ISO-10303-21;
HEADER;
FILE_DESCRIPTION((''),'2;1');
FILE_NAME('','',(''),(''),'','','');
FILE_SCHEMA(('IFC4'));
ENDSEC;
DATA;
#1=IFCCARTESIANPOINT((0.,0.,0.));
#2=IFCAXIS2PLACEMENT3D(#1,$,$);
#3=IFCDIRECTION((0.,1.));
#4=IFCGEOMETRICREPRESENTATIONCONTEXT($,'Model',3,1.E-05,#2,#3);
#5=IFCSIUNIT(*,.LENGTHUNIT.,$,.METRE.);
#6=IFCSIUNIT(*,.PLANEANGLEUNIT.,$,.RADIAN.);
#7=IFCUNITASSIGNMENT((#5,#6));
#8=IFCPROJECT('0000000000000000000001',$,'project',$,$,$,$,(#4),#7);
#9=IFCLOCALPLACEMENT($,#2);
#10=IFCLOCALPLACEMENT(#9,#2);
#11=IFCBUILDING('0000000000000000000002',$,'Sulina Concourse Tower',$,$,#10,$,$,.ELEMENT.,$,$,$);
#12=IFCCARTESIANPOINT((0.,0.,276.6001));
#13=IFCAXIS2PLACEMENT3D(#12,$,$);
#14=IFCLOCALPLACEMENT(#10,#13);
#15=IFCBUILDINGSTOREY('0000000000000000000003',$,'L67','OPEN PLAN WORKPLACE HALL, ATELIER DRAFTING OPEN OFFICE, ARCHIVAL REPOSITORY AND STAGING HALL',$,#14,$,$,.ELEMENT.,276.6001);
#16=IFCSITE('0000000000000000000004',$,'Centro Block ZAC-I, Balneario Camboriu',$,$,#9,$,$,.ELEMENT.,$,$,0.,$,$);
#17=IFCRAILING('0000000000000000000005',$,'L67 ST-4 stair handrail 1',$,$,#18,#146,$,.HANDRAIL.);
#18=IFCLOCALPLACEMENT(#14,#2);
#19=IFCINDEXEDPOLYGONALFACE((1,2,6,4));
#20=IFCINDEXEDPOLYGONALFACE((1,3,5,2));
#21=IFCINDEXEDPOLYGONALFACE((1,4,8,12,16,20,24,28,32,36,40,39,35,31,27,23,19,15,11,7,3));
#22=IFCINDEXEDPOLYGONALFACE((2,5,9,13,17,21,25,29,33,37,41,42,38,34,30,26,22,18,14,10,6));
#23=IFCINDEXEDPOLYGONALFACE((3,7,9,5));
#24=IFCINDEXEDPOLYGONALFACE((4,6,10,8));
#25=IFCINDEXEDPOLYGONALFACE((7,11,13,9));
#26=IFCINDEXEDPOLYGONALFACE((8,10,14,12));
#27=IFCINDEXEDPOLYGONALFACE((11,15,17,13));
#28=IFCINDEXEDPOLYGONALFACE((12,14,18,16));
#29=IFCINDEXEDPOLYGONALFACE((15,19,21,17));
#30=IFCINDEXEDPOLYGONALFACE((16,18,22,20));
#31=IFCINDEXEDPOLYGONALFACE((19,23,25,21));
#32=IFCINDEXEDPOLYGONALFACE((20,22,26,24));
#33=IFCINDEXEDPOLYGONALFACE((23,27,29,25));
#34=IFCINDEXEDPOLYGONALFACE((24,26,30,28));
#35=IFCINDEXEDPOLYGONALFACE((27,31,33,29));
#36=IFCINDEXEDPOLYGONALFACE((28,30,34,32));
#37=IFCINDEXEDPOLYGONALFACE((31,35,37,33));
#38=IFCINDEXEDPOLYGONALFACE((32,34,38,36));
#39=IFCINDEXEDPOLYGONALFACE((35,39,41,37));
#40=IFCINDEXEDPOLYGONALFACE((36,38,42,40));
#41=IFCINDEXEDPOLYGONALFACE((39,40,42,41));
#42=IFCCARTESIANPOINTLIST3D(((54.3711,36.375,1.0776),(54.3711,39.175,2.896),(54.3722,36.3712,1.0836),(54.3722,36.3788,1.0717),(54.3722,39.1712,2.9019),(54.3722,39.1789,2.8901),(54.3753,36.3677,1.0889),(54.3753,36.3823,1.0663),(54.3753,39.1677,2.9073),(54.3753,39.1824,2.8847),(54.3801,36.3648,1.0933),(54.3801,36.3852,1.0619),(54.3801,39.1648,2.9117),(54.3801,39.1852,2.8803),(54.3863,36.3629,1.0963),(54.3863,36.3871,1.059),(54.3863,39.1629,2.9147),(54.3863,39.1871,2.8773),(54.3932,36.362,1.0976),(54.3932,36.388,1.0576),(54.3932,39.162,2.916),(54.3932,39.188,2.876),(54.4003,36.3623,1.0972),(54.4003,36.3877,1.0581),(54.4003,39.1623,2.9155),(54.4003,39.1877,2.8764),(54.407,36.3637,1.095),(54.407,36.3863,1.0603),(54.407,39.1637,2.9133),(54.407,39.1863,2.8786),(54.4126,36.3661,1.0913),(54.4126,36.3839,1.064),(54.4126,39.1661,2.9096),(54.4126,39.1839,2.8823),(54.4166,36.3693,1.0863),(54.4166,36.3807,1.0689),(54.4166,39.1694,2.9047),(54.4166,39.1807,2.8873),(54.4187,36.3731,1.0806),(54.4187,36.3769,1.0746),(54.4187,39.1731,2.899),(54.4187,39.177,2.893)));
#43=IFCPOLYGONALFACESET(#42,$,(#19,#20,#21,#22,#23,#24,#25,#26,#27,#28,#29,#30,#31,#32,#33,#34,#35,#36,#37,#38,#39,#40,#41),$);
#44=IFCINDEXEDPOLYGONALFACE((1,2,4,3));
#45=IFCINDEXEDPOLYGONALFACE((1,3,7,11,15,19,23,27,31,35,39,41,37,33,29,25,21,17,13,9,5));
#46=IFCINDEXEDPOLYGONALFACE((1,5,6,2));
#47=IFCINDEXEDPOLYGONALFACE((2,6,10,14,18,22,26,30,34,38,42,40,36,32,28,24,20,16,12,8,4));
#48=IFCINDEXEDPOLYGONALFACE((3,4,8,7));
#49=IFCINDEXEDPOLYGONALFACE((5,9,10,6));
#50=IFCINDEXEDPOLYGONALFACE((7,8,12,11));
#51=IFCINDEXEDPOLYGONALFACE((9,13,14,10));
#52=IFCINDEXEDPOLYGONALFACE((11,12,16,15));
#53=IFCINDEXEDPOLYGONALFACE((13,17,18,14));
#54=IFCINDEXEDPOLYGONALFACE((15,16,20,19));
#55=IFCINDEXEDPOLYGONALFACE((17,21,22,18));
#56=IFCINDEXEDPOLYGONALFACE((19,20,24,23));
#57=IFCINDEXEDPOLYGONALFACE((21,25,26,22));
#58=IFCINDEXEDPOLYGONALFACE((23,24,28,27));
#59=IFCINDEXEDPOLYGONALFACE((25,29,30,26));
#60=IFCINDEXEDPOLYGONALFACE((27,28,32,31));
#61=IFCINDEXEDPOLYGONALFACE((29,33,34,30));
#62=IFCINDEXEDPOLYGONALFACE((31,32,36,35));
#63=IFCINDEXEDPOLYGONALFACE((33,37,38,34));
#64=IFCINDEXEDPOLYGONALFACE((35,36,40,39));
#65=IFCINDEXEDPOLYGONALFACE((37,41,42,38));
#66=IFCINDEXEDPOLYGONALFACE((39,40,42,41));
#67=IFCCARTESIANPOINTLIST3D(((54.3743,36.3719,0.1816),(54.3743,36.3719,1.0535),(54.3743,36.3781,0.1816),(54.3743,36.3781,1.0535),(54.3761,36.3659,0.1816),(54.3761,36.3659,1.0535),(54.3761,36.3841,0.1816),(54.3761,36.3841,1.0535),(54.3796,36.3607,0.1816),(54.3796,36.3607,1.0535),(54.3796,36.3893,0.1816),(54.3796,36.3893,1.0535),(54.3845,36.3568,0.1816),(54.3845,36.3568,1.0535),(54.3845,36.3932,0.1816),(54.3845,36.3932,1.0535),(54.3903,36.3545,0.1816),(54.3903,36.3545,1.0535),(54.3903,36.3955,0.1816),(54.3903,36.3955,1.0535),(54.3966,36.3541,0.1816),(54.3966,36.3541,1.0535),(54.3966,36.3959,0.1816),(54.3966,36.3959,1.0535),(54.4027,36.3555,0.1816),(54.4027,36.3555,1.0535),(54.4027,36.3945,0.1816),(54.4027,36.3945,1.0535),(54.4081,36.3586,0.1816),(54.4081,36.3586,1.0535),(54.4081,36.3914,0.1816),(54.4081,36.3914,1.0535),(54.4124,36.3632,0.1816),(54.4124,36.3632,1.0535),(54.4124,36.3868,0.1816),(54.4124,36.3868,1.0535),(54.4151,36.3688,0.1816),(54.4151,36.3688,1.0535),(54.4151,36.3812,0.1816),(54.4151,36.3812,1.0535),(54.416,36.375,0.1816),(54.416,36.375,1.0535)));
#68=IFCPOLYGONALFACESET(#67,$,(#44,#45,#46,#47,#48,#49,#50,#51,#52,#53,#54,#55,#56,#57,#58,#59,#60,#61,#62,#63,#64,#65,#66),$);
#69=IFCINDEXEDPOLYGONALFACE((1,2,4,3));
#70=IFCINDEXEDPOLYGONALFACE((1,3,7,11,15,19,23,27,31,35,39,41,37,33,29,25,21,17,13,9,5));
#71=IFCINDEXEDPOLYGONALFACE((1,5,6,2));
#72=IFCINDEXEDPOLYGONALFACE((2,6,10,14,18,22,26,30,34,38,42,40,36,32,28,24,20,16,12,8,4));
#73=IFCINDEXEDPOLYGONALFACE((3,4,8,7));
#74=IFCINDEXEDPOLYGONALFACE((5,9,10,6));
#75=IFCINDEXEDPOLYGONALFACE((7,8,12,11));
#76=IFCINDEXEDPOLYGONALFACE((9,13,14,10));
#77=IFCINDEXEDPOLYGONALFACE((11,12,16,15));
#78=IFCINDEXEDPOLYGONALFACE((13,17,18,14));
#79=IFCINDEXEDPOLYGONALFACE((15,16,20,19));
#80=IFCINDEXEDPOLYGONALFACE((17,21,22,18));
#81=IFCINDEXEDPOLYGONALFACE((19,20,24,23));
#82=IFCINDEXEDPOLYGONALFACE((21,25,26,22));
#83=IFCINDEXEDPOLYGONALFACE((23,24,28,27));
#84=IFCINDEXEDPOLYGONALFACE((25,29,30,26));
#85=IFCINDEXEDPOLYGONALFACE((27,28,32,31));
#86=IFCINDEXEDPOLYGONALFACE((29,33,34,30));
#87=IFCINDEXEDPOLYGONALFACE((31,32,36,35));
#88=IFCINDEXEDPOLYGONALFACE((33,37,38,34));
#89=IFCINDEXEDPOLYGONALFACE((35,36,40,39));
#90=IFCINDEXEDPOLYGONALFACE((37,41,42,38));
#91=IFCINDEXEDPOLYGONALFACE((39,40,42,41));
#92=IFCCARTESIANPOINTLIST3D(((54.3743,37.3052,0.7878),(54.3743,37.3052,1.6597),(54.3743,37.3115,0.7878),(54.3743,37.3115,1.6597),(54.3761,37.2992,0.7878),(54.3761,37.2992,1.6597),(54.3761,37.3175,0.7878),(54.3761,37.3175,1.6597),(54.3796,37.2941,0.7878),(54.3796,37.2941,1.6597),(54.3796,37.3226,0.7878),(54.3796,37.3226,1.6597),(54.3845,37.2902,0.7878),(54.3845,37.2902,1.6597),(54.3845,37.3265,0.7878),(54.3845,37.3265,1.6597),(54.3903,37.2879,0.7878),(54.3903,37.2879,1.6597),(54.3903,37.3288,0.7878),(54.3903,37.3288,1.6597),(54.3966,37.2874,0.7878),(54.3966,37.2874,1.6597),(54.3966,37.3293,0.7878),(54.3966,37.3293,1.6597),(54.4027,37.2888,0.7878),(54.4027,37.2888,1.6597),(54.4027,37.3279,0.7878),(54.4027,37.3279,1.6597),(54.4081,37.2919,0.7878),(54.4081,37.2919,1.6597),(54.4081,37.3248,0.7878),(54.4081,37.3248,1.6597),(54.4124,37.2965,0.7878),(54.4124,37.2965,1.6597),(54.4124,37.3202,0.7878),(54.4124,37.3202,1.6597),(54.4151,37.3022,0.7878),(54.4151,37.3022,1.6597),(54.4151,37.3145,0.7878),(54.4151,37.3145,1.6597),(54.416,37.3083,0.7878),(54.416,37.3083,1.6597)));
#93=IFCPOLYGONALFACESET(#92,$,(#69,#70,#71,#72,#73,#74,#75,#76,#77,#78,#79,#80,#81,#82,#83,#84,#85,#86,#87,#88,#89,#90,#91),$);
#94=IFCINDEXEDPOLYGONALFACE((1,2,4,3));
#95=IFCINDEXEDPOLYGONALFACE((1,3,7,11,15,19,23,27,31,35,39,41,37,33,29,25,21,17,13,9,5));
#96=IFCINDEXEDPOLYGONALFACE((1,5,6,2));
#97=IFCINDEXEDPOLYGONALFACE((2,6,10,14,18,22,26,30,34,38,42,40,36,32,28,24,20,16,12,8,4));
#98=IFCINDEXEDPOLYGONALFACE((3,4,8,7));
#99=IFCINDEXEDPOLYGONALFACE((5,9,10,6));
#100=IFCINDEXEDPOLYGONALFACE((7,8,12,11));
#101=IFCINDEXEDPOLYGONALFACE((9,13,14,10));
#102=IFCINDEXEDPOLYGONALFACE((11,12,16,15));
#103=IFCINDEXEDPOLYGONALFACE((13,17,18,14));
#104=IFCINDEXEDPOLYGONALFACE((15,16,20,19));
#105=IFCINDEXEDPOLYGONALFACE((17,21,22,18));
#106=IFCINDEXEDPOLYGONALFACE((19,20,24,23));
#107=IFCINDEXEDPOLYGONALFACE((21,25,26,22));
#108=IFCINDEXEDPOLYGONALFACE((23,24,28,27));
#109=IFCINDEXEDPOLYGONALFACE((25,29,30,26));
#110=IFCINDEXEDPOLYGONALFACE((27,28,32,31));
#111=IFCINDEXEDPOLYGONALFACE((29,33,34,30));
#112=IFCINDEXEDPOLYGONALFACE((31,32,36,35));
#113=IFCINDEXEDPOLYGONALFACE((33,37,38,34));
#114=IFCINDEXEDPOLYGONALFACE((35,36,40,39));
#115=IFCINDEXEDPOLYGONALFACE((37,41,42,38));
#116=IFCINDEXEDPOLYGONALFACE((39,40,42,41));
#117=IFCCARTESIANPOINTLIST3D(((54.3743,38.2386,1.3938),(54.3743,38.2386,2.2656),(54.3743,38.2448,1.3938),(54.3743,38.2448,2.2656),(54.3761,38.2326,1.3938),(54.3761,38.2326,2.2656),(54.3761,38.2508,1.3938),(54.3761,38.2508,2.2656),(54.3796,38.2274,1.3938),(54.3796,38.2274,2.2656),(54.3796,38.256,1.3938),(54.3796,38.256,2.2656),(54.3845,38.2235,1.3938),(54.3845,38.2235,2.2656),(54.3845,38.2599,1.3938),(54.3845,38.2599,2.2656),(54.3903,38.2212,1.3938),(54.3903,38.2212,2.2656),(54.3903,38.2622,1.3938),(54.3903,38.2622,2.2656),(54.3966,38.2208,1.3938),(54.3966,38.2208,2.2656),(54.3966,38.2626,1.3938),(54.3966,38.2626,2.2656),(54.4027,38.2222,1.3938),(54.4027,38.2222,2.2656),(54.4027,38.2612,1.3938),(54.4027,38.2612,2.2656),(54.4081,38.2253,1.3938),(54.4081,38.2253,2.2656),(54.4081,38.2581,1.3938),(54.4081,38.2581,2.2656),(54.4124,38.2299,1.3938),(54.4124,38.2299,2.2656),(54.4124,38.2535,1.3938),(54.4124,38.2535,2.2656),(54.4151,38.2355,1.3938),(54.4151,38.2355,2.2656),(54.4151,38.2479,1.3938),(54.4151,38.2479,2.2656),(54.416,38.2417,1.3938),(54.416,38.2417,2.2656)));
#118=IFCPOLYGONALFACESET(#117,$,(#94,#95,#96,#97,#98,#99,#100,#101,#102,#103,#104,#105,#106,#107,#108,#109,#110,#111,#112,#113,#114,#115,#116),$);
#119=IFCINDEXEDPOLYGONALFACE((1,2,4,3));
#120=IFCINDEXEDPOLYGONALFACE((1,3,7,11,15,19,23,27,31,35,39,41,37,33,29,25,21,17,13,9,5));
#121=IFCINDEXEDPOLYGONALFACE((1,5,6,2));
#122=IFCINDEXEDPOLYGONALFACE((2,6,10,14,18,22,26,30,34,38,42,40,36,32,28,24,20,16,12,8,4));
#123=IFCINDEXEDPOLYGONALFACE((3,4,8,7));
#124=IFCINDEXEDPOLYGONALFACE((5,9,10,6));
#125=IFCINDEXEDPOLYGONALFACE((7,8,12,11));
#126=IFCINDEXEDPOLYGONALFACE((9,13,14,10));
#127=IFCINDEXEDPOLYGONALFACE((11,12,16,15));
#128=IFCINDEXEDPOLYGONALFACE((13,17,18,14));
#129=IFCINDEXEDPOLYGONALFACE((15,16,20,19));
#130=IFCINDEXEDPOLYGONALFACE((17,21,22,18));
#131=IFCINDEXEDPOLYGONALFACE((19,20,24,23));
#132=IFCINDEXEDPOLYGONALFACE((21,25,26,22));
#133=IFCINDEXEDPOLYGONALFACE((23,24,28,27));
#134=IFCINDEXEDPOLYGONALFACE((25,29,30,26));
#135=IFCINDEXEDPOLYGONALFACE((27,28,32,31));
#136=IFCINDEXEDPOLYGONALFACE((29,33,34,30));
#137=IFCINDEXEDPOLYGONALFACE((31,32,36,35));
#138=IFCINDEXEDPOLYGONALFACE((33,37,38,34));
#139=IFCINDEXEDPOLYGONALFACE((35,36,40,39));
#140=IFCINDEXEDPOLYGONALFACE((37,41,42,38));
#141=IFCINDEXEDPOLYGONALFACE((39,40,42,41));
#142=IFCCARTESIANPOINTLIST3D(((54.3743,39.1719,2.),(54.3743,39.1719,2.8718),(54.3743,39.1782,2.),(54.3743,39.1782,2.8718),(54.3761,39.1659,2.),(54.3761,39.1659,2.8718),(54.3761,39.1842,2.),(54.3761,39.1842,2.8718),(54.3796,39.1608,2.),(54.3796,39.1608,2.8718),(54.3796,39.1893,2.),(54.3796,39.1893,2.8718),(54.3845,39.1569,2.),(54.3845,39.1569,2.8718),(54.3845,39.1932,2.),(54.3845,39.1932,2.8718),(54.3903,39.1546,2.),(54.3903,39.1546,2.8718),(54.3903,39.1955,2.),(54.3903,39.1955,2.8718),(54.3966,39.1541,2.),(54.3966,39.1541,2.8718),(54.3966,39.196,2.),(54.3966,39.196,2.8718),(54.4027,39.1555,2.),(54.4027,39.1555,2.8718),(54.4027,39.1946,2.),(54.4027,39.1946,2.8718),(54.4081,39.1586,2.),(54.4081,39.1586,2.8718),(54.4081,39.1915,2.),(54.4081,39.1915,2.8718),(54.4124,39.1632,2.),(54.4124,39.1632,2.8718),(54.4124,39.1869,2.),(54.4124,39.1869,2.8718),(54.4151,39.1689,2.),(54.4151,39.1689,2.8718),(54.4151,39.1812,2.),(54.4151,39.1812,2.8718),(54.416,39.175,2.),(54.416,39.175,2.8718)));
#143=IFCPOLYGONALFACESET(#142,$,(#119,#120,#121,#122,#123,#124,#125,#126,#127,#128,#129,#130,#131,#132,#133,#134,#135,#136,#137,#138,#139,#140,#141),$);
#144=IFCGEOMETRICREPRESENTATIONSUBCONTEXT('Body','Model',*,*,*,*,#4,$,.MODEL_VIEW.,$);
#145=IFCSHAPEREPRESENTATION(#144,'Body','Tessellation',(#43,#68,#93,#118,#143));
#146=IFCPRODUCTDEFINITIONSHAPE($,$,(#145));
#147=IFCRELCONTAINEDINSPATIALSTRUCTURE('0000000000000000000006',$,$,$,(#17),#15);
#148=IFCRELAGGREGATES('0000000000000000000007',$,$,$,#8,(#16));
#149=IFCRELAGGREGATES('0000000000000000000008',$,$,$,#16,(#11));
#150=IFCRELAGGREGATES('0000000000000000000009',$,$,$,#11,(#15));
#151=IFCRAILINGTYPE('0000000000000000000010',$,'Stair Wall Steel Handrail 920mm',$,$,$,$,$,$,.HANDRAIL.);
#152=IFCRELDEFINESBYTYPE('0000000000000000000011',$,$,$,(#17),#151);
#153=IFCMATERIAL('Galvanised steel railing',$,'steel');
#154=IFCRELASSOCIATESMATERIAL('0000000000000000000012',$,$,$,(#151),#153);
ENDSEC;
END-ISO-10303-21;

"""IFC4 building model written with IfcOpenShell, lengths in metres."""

from ifc_helpers import new_model, si_unit, direction, frame, origin, origin_2d, place, context, subcontext, project, spatial, circle, extrude, material, type_object, element, save


model = new_model("IFC4")

# Units and contexts
model_context = context("Model", 3, precision=1e-05, world=origin(), true_north=direction((0.0, 1.0)))
body_context = subcontext(model_context, "Body", "Model", "MODEL_VIEW")
ifc_project = project(units=[si_unit("LENGTHUNIT", "METRE"), si_unit("PLANEANGLEUNIT", "RADIAN")], contexts=[model_context])

# Site, building, storey
site_placement = place(None, origin())
site = spatial("IfcSite", under=ifc_project, at=site_placement, Name="Centro Block ZAC-I, Balneario Camboriu", CompositionType="ELEMENT", RefElevation=0.0)
building_placement = place(site_placement, origin())
building = spatial("IfcBuilding", under=site, at=building_placement, Name="Sulina Concourse Tower", CompositionType="ELEMENT")
storey_placement = place(building_placement, frame((0.0, 0.0, 276.6001)))
storey = spatial("IfcBuildingStorey", under=building, at=storey_placement, Name="L67", Description="OPEN PLAN WORKPLACE HALL, ATELIER DRAFTING OPEN OFFICE, ARCHIVAL REPOSITORY AND STAGING HALL", CompositionType="ELEMENT", Elevation=276.6001)

# Railing
ifc_material_1 = material(Name="Galvanised steel railing", Category="steel")
railing_type_1 = type_object("IfcRailingType", Name="Stair Wall Steel Handrail 920mm", PredefinedType="HANDRAIL", material=ifc_material_1)
for number, where, name in (
    (1, (54.395, 36.375, 0.1816), "L67 ST-4 stair handrail 1"),
):
    element("IfcRailing", number, at=place(storey_placement, frame(where)), inside=storey, type_object=railing_type_1, Name=name, PredefinedType="HANDRAIL", context=body_context, shape_type="SweptSolid", body=[
        extrude(circle(Radius=0.0239, at=origin_2d()), frame((0.0, 0.0, 0.896), z_axis=(0.0, 0.838672, 0.544636), x_axis=(-1.0, 0.0, 0.0)), (0.0, 0.0, 1.0), 3.3386),
        extrude(circle(Radius=0.021, at=origin_2d()), origin(), (0.0, 0.0, 1.0), 0.8718),
        extrude(circle(Radius=0.021, at=origin_2d()), frame((0.0, 0.9333, 0.6062)), (0.0, 0.0, 1.0), 0.8718),
        extrude(circle(Radius=0.021, at=origin_2d()), frame((0.0, 1.8667, 1.2122)), (0.0, 0.0, 1.0), 0.8718),
        extrude(circle(Radius=0.021, at=origin_2d()), frame((0.0, 2.8, 1.8184)), (0.0, 0.0, 1.0), 0.8718),
    ])

save(model, "model.ifc")
